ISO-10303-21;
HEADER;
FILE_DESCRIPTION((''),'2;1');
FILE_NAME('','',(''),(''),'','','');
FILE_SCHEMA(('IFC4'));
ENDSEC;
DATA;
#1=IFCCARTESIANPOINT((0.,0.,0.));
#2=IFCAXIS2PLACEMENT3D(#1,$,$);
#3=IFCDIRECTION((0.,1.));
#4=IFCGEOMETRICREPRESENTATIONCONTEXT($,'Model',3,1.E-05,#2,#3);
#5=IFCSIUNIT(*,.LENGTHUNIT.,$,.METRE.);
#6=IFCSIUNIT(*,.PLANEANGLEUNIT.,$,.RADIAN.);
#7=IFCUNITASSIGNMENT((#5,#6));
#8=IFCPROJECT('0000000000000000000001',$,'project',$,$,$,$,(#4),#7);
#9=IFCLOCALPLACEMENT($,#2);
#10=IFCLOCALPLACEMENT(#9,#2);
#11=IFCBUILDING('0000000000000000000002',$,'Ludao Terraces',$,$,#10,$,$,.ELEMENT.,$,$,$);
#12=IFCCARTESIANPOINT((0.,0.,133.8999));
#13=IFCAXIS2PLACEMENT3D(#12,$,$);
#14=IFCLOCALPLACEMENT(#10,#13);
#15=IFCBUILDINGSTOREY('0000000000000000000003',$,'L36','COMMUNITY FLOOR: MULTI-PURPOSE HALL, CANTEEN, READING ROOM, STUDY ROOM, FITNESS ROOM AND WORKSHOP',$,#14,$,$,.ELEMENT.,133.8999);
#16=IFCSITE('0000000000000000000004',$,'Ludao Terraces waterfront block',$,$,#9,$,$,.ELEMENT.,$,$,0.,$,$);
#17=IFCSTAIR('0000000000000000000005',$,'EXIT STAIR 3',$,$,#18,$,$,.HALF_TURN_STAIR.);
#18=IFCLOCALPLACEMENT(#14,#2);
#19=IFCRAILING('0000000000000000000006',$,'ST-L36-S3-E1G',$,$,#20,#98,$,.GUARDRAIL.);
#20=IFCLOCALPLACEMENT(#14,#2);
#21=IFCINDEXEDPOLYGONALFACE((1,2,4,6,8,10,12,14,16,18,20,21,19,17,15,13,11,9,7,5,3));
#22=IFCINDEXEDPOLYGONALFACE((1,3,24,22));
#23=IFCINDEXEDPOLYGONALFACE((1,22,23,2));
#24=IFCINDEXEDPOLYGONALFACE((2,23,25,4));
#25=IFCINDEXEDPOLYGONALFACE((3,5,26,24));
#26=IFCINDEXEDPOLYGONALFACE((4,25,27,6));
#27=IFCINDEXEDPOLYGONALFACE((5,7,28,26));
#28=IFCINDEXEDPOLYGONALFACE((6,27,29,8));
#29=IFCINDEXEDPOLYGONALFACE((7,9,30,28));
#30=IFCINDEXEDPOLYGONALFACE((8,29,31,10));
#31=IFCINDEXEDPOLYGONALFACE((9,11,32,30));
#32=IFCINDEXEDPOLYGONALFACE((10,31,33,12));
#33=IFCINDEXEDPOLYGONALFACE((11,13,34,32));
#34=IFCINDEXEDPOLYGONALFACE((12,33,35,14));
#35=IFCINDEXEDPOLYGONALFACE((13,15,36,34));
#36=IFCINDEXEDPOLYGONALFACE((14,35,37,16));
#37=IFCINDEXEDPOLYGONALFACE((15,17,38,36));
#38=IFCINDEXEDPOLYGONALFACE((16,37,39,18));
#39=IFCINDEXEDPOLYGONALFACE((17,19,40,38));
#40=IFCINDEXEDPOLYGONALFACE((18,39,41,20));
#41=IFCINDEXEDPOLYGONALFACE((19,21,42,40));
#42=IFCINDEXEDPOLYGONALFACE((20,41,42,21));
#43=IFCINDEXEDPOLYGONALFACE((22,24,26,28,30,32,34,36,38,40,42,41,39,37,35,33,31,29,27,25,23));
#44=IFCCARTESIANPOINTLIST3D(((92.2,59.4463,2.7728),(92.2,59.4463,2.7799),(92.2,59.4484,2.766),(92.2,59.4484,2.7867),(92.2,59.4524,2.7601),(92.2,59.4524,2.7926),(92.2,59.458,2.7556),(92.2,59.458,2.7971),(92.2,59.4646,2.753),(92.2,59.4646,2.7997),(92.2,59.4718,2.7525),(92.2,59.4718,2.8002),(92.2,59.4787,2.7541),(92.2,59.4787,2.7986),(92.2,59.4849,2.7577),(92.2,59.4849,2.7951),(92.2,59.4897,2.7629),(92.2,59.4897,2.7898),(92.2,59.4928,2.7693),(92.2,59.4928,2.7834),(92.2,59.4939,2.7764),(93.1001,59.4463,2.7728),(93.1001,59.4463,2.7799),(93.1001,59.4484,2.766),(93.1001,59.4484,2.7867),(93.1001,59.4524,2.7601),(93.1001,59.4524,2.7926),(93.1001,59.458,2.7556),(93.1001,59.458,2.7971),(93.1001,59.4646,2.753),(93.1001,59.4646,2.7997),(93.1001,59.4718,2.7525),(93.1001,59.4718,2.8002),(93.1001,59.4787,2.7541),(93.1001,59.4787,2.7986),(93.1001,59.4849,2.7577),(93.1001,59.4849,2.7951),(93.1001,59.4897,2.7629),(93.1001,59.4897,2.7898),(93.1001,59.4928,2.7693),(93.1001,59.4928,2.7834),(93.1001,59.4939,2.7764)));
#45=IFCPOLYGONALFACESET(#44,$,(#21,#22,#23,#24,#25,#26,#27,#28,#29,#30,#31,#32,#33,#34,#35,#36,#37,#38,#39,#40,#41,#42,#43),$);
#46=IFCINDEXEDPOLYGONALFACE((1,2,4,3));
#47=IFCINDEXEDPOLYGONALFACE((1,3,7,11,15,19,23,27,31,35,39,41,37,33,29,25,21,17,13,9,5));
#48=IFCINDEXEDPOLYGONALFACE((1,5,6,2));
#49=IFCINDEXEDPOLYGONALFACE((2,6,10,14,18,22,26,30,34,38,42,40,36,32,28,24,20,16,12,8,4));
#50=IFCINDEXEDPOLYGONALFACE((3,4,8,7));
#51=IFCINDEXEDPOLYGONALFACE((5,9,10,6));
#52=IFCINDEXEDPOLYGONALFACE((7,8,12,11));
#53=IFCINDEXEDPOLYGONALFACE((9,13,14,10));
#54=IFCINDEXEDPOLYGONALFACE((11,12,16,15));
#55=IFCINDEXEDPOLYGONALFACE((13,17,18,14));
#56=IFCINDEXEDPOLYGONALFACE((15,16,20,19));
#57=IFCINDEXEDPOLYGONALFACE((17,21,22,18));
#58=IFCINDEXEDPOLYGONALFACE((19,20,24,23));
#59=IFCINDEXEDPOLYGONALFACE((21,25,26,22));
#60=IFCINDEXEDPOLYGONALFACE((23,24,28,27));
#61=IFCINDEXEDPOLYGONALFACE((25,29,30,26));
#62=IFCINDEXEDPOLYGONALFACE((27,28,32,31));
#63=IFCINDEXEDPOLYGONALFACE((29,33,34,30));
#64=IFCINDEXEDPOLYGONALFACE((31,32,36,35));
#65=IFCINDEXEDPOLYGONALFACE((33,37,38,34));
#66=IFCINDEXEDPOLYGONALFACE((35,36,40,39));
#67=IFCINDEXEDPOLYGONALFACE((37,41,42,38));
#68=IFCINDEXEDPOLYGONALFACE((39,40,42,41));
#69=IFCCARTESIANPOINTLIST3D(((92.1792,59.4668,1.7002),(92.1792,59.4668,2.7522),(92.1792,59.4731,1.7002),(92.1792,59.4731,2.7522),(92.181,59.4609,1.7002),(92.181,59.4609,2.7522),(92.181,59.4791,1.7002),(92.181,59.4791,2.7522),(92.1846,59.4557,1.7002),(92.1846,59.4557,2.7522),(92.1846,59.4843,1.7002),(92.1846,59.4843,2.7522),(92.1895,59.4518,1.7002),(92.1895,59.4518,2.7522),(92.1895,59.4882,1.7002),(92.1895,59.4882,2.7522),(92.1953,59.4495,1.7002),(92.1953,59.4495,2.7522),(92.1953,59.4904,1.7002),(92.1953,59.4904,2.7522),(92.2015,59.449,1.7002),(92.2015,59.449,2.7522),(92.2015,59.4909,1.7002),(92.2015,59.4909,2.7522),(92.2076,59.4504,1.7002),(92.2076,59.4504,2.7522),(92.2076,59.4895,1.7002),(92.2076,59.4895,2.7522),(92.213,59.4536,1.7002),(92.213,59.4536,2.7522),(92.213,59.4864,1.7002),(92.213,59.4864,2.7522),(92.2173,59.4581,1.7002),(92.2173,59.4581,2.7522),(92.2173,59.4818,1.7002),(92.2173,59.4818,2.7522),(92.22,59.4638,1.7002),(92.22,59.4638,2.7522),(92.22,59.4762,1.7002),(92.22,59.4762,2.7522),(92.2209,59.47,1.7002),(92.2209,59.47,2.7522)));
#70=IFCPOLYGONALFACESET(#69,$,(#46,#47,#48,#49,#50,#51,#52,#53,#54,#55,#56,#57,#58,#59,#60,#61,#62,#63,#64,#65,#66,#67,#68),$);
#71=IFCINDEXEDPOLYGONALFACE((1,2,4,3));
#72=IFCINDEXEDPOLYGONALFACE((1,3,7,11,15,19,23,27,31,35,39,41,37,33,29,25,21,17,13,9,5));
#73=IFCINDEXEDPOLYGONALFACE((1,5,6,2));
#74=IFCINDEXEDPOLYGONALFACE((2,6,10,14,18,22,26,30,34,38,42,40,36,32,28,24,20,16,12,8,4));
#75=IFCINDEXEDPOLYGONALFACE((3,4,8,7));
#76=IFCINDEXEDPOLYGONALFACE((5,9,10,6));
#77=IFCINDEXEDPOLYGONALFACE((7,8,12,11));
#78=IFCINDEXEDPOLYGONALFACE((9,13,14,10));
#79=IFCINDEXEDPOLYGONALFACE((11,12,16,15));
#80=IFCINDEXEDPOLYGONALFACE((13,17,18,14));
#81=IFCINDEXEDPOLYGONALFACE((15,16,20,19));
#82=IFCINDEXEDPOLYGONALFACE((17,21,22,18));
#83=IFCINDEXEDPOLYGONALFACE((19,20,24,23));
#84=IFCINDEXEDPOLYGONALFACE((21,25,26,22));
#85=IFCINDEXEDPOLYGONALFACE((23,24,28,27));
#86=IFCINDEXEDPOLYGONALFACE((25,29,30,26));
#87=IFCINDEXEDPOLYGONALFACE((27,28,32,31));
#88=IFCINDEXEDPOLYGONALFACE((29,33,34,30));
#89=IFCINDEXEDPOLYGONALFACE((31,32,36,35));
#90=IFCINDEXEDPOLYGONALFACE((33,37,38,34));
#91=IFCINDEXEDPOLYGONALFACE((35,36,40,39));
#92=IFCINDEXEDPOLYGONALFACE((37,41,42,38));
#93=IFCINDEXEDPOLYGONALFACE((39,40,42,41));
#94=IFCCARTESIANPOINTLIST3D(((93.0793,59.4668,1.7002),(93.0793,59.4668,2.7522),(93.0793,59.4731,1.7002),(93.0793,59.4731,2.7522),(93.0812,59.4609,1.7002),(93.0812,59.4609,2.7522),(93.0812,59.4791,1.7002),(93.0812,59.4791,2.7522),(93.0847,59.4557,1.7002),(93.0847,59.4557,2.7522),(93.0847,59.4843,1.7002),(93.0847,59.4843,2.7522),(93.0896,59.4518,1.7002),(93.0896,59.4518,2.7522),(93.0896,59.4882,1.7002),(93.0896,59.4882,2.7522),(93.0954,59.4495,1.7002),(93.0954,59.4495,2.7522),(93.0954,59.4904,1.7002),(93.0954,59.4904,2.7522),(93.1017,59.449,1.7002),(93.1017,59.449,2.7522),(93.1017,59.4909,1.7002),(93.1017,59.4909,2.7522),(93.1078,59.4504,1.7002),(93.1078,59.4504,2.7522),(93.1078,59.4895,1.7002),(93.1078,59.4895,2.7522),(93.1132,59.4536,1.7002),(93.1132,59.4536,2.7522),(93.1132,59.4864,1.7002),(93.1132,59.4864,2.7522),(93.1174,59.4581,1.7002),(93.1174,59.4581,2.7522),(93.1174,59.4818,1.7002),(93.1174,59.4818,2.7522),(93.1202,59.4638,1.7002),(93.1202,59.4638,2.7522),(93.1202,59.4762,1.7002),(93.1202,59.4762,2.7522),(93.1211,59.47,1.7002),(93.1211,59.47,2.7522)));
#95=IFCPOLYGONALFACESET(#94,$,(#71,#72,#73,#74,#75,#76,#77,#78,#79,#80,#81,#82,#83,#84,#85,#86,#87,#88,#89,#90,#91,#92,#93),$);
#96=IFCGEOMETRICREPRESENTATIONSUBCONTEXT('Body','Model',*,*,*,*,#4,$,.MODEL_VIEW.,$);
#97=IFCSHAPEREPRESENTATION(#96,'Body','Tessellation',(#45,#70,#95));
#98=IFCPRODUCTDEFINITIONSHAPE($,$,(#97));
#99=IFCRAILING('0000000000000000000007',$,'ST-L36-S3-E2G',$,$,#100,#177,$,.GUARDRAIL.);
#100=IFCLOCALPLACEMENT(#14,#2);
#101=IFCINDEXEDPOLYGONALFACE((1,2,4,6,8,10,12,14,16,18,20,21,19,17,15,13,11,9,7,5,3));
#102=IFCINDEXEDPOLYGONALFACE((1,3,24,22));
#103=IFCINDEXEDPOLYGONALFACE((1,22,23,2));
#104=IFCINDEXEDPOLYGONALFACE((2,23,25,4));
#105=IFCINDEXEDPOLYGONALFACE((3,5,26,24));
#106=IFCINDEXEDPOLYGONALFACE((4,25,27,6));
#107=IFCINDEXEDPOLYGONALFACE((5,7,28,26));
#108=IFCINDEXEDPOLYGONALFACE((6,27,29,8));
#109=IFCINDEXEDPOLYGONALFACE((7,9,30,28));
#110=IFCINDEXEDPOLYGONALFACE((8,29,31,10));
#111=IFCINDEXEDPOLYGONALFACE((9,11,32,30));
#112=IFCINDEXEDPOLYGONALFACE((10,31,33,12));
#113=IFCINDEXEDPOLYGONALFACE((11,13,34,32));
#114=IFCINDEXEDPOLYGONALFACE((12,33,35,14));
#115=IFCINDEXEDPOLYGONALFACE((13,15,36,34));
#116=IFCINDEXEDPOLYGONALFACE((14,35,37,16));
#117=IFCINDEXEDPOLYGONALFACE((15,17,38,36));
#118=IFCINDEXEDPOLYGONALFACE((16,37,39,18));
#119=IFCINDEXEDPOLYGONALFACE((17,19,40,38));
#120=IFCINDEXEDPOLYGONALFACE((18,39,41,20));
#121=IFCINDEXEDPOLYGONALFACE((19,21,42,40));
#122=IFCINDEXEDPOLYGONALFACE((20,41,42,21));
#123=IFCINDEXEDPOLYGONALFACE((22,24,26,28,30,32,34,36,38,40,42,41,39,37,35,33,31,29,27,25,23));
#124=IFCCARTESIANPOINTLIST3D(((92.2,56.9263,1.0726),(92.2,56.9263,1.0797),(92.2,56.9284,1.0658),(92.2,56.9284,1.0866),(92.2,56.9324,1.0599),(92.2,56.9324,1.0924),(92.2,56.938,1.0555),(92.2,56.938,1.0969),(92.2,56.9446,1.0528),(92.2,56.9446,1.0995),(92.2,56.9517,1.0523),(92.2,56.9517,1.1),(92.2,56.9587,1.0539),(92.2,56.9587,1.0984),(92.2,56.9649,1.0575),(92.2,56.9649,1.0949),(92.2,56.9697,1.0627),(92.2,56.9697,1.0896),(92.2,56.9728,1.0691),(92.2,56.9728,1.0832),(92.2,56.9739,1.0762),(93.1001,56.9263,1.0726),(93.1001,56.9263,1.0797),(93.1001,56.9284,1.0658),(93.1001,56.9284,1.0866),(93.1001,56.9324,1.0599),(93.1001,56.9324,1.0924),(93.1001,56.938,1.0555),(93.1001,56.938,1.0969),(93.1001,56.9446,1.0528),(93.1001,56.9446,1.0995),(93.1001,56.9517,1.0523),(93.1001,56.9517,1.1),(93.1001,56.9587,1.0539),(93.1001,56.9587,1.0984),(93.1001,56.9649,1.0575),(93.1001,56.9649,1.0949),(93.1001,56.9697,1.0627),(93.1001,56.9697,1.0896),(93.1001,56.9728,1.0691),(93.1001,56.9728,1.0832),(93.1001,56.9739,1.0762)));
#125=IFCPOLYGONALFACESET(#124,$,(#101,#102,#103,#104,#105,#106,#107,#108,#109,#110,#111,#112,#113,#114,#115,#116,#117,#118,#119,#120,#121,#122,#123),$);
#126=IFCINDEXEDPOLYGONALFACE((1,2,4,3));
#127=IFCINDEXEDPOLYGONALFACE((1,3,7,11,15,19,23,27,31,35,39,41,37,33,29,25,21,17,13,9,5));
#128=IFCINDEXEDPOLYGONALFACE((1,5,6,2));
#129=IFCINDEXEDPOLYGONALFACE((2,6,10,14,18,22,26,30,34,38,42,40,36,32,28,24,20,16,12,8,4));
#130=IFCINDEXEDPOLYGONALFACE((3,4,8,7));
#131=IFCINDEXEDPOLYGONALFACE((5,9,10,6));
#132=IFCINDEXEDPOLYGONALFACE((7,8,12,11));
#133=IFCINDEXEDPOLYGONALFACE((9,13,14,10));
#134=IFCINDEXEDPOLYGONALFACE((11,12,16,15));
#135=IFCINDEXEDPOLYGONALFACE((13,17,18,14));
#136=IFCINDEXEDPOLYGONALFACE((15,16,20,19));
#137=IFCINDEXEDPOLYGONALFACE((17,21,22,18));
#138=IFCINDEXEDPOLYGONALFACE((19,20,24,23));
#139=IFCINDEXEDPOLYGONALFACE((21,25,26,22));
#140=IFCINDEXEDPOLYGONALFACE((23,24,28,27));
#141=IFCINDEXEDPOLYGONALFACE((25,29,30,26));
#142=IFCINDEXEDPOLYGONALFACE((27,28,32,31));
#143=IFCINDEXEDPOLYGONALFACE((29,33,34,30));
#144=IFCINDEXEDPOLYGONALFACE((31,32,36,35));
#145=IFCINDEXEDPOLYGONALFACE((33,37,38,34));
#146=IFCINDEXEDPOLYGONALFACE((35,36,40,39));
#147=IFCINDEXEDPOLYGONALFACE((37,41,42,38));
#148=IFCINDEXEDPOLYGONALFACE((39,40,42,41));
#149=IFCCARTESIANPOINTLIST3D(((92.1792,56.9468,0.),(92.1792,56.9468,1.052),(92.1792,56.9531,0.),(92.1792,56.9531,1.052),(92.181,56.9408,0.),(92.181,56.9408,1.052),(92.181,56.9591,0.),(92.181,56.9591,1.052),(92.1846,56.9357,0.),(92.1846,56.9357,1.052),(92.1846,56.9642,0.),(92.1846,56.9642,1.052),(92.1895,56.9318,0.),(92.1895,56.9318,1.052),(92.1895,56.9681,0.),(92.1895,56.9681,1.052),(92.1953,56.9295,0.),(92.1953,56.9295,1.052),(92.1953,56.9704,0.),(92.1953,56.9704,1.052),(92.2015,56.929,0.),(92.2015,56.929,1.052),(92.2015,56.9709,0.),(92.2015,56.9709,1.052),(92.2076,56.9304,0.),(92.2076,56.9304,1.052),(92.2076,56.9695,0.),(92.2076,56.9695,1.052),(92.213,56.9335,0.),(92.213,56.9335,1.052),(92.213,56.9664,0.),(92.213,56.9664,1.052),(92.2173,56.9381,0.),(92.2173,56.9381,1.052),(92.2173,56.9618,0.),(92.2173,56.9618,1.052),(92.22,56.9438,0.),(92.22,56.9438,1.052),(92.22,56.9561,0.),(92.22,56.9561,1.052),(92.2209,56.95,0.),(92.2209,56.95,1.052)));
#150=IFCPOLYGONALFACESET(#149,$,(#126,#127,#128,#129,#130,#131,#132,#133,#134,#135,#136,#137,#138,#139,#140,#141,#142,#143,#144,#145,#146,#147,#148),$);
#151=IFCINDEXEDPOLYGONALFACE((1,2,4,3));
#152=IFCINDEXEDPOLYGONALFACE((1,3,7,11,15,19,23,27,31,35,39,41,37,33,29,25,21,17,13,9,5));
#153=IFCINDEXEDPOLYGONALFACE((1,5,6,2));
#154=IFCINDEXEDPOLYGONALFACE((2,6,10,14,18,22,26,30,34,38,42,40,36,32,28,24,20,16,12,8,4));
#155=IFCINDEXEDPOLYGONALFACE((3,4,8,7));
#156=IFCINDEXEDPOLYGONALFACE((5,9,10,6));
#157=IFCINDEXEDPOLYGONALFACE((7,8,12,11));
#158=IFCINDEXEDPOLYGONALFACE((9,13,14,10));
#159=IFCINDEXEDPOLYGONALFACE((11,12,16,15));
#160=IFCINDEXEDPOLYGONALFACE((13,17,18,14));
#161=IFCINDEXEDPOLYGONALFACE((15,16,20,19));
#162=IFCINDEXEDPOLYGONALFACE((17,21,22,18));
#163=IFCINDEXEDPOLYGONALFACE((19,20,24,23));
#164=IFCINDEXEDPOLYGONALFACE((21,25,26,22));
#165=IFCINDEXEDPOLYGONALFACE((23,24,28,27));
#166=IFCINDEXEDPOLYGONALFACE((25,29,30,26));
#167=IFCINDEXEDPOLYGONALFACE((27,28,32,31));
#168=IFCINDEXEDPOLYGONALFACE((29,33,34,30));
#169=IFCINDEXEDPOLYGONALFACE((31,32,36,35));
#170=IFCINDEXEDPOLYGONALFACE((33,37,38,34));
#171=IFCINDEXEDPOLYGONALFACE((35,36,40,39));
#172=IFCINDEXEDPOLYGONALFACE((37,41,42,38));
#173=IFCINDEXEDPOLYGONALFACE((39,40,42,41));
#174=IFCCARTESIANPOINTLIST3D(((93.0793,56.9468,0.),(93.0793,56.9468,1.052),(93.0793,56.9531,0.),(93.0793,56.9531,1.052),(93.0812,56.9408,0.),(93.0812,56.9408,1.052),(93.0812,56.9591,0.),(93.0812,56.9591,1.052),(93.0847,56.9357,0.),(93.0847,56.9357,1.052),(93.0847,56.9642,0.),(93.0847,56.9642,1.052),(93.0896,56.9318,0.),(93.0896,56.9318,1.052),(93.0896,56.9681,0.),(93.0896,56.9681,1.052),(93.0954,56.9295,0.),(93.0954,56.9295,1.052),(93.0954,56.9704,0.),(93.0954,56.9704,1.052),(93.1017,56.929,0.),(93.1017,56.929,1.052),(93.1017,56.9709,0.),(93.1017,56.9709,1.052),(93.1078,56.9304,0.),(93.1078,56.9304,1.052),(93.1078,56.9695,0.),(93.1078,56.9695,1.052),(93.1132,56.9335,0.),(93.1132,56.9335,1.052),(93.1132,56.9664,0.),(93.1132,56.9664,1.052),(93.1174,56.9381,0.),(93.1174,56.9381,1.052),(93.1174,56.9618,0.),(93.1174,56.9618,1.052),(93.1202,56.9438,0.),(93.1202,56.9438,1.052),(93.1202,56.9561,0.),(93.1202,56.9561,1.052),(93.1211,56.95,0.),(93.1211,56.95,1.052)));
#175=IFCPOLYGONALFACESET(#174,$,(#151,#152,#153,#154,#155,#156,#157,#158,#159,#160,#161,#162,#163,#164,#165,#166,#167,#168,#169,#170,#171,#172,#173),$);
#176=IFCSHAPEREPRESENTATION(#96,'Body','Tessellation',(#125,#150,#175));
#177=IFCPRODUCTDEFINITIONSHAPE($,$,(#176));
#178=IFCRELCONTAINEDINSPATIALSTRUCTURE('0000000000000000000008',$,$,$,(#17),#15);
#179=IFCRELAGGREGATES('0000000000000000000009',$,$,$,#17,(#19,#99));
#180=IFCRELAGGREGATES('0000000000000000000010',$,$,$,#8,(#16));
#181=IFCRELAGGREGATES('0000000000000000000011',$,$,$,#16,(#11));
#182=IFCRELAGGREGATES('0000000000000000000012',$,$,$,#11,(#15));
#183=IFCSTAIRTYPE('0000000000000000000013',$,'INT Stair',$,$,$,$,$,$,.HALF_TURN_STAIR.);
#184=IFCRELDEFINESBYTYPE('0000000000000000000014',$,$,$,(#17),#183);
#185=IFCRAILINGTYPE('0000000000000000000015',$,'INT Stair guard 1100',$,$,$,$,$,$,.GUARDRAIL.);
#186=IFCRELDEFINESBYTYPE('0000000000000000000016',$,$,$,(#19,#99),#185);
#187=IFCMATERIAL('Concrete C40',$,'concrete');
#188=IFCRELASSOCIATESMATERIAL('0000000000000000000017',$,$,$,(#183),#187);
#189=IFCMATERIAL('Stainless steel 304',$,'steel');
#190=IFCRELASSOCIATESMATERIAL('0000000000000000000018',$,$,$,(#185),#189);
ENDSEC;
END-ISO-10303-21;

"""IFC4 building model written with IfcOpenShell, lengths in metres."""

from ifc_helpers import new_model, si_unit, direction, frame, origin, origin_2d, place, context, subcontext, project, spatial, circle, extrude, material, type_object, element, aggregate, save


model = new_model("IFC4")

# Units and contexts
model_context = context("Model", 3, precision=1e-05, world=origin(), true_north=direction((0.0, 1.0)))
body_context = subcontext(model_context, "Body", "Model", "MODEL_VIEW")
ifc_project = project(units=[si_unit("LENGTHUNIT", "METRE"), si_unit("PLANEANGLEUNIT", "RADIAN")], contexts=[model_context])

# Site, building, storey
site_placement = place(None, origin())
site = spatial("IfcSite", under=ifc_project, at=site_placement, Name="Ludao Terraces waterfront block", CompositionType="ELEMENT", RefElevation=0.0)
building_placement = place(site_placement, origin())
building = spatial("IfcBuilding", under=site, at=building_placement, Name="Ludao Terraces", CompositionType="ELEMENT")
storey_placement = place(building_placement, frame((0.0, 0.0, 133.8999)))
storey = spatial("IfcBuildingStorey", under=building, at=storey_placement, Name="L36", Description="COMMUNITY FLOOR: MULTI-PURPOSE HALL, CANTEEN, READING ROOM, STUDY ROOM, FITNESS ROOM AND WORKSHOP", CompositionType="ELEMENT", Elevation=133.8999)

# Shared definitions
ifc_material_1 = material(Name="Concrete C40", Category="concrete")

# Shared definitions
ifc_material_2 = material(Name="Stainless steel 304", Category="steel")

# Stair, railings
stair_type = type_object("IfcStairType", Name="INT Stair", PredefinedType="HALF_TURN_STAIR", material=ifc_material_1)
stair_placement = place(storey_placement, origin())
stair = element("IfcStair", 1, at=stair_placement, inside=storey, type_object=stair_type, Name="EXIT STAIR 3", PredefinedType="HALF_TURN_STAIR")
railing_type_1 = type_object("IfcRailingType", Name="INT Stair guard 1100", PredefinedType="GUARDRAIL", material=ifc_material_2)
railing_1_placement = place(storey_placement, frame((92.2, 59.47, 1.7002)))
railing_1 = element("IfcRailing", 2, at=railing_1_placement, type_object=railing_type_1, Name="ST-L36-S3-E1G", PredefinedType="GUARDRAIL", context=body_context, shape_type="SweptSolid", body=[
    extrude(circle(Radius=0.0239, at=origin_2d()), frame((0.0, 0.0, 1.0762), z_axis=(1.0, 0.0, 0.0), x_axis=(0.0, 1.0, 0.0)), (0.0, 0.0, 1.0), 0.9001),
    extrude(circle(Radius=0.021, at=origin_2d()), origin(), (0.0, 0.0, 1.0), 1.052),
    extrude(circle(Radius=0.021, at=origin_2d()), frame((0.9001, 0.0, 0.0)), (0.0, 0.0, 1.0), 1.052),
])
railing_2_placement = place(storey_placement, frame((92.2, 56.95, 0.0)))
railing_2 = element("IfcRailing", 3, at=railing_2_placement, type_object=railing_type_1, Name="ST-L36-S3-E2G", PredefinedType="GUARDRAIL", context=body_context, shape_type="SweptSolid", body=[
    extrude(circle(Radius=0.0239, at=origin_2d()), frame((0.0, 0.0, 1.0762), z_axis=(1.0, 0.0, 0.0), x_axis=(0.0, 1.0, 0.0)), (0.0, 0.0, 1.0), 0.9001),
    extrude(circle(Radius=0.021, at=origin_2d()), origin(), (0.0, 0.0, 1.0), 1.052),
    extrude(circle(Radius=0.021, at=origin_2d()), frame((0.9001, 0.0, 0.0)), (0.0, 0.0, 1.0), 1.052),
])
aggregate(stair, [railing_1, railing_2])

save(model, "model.ifc")
